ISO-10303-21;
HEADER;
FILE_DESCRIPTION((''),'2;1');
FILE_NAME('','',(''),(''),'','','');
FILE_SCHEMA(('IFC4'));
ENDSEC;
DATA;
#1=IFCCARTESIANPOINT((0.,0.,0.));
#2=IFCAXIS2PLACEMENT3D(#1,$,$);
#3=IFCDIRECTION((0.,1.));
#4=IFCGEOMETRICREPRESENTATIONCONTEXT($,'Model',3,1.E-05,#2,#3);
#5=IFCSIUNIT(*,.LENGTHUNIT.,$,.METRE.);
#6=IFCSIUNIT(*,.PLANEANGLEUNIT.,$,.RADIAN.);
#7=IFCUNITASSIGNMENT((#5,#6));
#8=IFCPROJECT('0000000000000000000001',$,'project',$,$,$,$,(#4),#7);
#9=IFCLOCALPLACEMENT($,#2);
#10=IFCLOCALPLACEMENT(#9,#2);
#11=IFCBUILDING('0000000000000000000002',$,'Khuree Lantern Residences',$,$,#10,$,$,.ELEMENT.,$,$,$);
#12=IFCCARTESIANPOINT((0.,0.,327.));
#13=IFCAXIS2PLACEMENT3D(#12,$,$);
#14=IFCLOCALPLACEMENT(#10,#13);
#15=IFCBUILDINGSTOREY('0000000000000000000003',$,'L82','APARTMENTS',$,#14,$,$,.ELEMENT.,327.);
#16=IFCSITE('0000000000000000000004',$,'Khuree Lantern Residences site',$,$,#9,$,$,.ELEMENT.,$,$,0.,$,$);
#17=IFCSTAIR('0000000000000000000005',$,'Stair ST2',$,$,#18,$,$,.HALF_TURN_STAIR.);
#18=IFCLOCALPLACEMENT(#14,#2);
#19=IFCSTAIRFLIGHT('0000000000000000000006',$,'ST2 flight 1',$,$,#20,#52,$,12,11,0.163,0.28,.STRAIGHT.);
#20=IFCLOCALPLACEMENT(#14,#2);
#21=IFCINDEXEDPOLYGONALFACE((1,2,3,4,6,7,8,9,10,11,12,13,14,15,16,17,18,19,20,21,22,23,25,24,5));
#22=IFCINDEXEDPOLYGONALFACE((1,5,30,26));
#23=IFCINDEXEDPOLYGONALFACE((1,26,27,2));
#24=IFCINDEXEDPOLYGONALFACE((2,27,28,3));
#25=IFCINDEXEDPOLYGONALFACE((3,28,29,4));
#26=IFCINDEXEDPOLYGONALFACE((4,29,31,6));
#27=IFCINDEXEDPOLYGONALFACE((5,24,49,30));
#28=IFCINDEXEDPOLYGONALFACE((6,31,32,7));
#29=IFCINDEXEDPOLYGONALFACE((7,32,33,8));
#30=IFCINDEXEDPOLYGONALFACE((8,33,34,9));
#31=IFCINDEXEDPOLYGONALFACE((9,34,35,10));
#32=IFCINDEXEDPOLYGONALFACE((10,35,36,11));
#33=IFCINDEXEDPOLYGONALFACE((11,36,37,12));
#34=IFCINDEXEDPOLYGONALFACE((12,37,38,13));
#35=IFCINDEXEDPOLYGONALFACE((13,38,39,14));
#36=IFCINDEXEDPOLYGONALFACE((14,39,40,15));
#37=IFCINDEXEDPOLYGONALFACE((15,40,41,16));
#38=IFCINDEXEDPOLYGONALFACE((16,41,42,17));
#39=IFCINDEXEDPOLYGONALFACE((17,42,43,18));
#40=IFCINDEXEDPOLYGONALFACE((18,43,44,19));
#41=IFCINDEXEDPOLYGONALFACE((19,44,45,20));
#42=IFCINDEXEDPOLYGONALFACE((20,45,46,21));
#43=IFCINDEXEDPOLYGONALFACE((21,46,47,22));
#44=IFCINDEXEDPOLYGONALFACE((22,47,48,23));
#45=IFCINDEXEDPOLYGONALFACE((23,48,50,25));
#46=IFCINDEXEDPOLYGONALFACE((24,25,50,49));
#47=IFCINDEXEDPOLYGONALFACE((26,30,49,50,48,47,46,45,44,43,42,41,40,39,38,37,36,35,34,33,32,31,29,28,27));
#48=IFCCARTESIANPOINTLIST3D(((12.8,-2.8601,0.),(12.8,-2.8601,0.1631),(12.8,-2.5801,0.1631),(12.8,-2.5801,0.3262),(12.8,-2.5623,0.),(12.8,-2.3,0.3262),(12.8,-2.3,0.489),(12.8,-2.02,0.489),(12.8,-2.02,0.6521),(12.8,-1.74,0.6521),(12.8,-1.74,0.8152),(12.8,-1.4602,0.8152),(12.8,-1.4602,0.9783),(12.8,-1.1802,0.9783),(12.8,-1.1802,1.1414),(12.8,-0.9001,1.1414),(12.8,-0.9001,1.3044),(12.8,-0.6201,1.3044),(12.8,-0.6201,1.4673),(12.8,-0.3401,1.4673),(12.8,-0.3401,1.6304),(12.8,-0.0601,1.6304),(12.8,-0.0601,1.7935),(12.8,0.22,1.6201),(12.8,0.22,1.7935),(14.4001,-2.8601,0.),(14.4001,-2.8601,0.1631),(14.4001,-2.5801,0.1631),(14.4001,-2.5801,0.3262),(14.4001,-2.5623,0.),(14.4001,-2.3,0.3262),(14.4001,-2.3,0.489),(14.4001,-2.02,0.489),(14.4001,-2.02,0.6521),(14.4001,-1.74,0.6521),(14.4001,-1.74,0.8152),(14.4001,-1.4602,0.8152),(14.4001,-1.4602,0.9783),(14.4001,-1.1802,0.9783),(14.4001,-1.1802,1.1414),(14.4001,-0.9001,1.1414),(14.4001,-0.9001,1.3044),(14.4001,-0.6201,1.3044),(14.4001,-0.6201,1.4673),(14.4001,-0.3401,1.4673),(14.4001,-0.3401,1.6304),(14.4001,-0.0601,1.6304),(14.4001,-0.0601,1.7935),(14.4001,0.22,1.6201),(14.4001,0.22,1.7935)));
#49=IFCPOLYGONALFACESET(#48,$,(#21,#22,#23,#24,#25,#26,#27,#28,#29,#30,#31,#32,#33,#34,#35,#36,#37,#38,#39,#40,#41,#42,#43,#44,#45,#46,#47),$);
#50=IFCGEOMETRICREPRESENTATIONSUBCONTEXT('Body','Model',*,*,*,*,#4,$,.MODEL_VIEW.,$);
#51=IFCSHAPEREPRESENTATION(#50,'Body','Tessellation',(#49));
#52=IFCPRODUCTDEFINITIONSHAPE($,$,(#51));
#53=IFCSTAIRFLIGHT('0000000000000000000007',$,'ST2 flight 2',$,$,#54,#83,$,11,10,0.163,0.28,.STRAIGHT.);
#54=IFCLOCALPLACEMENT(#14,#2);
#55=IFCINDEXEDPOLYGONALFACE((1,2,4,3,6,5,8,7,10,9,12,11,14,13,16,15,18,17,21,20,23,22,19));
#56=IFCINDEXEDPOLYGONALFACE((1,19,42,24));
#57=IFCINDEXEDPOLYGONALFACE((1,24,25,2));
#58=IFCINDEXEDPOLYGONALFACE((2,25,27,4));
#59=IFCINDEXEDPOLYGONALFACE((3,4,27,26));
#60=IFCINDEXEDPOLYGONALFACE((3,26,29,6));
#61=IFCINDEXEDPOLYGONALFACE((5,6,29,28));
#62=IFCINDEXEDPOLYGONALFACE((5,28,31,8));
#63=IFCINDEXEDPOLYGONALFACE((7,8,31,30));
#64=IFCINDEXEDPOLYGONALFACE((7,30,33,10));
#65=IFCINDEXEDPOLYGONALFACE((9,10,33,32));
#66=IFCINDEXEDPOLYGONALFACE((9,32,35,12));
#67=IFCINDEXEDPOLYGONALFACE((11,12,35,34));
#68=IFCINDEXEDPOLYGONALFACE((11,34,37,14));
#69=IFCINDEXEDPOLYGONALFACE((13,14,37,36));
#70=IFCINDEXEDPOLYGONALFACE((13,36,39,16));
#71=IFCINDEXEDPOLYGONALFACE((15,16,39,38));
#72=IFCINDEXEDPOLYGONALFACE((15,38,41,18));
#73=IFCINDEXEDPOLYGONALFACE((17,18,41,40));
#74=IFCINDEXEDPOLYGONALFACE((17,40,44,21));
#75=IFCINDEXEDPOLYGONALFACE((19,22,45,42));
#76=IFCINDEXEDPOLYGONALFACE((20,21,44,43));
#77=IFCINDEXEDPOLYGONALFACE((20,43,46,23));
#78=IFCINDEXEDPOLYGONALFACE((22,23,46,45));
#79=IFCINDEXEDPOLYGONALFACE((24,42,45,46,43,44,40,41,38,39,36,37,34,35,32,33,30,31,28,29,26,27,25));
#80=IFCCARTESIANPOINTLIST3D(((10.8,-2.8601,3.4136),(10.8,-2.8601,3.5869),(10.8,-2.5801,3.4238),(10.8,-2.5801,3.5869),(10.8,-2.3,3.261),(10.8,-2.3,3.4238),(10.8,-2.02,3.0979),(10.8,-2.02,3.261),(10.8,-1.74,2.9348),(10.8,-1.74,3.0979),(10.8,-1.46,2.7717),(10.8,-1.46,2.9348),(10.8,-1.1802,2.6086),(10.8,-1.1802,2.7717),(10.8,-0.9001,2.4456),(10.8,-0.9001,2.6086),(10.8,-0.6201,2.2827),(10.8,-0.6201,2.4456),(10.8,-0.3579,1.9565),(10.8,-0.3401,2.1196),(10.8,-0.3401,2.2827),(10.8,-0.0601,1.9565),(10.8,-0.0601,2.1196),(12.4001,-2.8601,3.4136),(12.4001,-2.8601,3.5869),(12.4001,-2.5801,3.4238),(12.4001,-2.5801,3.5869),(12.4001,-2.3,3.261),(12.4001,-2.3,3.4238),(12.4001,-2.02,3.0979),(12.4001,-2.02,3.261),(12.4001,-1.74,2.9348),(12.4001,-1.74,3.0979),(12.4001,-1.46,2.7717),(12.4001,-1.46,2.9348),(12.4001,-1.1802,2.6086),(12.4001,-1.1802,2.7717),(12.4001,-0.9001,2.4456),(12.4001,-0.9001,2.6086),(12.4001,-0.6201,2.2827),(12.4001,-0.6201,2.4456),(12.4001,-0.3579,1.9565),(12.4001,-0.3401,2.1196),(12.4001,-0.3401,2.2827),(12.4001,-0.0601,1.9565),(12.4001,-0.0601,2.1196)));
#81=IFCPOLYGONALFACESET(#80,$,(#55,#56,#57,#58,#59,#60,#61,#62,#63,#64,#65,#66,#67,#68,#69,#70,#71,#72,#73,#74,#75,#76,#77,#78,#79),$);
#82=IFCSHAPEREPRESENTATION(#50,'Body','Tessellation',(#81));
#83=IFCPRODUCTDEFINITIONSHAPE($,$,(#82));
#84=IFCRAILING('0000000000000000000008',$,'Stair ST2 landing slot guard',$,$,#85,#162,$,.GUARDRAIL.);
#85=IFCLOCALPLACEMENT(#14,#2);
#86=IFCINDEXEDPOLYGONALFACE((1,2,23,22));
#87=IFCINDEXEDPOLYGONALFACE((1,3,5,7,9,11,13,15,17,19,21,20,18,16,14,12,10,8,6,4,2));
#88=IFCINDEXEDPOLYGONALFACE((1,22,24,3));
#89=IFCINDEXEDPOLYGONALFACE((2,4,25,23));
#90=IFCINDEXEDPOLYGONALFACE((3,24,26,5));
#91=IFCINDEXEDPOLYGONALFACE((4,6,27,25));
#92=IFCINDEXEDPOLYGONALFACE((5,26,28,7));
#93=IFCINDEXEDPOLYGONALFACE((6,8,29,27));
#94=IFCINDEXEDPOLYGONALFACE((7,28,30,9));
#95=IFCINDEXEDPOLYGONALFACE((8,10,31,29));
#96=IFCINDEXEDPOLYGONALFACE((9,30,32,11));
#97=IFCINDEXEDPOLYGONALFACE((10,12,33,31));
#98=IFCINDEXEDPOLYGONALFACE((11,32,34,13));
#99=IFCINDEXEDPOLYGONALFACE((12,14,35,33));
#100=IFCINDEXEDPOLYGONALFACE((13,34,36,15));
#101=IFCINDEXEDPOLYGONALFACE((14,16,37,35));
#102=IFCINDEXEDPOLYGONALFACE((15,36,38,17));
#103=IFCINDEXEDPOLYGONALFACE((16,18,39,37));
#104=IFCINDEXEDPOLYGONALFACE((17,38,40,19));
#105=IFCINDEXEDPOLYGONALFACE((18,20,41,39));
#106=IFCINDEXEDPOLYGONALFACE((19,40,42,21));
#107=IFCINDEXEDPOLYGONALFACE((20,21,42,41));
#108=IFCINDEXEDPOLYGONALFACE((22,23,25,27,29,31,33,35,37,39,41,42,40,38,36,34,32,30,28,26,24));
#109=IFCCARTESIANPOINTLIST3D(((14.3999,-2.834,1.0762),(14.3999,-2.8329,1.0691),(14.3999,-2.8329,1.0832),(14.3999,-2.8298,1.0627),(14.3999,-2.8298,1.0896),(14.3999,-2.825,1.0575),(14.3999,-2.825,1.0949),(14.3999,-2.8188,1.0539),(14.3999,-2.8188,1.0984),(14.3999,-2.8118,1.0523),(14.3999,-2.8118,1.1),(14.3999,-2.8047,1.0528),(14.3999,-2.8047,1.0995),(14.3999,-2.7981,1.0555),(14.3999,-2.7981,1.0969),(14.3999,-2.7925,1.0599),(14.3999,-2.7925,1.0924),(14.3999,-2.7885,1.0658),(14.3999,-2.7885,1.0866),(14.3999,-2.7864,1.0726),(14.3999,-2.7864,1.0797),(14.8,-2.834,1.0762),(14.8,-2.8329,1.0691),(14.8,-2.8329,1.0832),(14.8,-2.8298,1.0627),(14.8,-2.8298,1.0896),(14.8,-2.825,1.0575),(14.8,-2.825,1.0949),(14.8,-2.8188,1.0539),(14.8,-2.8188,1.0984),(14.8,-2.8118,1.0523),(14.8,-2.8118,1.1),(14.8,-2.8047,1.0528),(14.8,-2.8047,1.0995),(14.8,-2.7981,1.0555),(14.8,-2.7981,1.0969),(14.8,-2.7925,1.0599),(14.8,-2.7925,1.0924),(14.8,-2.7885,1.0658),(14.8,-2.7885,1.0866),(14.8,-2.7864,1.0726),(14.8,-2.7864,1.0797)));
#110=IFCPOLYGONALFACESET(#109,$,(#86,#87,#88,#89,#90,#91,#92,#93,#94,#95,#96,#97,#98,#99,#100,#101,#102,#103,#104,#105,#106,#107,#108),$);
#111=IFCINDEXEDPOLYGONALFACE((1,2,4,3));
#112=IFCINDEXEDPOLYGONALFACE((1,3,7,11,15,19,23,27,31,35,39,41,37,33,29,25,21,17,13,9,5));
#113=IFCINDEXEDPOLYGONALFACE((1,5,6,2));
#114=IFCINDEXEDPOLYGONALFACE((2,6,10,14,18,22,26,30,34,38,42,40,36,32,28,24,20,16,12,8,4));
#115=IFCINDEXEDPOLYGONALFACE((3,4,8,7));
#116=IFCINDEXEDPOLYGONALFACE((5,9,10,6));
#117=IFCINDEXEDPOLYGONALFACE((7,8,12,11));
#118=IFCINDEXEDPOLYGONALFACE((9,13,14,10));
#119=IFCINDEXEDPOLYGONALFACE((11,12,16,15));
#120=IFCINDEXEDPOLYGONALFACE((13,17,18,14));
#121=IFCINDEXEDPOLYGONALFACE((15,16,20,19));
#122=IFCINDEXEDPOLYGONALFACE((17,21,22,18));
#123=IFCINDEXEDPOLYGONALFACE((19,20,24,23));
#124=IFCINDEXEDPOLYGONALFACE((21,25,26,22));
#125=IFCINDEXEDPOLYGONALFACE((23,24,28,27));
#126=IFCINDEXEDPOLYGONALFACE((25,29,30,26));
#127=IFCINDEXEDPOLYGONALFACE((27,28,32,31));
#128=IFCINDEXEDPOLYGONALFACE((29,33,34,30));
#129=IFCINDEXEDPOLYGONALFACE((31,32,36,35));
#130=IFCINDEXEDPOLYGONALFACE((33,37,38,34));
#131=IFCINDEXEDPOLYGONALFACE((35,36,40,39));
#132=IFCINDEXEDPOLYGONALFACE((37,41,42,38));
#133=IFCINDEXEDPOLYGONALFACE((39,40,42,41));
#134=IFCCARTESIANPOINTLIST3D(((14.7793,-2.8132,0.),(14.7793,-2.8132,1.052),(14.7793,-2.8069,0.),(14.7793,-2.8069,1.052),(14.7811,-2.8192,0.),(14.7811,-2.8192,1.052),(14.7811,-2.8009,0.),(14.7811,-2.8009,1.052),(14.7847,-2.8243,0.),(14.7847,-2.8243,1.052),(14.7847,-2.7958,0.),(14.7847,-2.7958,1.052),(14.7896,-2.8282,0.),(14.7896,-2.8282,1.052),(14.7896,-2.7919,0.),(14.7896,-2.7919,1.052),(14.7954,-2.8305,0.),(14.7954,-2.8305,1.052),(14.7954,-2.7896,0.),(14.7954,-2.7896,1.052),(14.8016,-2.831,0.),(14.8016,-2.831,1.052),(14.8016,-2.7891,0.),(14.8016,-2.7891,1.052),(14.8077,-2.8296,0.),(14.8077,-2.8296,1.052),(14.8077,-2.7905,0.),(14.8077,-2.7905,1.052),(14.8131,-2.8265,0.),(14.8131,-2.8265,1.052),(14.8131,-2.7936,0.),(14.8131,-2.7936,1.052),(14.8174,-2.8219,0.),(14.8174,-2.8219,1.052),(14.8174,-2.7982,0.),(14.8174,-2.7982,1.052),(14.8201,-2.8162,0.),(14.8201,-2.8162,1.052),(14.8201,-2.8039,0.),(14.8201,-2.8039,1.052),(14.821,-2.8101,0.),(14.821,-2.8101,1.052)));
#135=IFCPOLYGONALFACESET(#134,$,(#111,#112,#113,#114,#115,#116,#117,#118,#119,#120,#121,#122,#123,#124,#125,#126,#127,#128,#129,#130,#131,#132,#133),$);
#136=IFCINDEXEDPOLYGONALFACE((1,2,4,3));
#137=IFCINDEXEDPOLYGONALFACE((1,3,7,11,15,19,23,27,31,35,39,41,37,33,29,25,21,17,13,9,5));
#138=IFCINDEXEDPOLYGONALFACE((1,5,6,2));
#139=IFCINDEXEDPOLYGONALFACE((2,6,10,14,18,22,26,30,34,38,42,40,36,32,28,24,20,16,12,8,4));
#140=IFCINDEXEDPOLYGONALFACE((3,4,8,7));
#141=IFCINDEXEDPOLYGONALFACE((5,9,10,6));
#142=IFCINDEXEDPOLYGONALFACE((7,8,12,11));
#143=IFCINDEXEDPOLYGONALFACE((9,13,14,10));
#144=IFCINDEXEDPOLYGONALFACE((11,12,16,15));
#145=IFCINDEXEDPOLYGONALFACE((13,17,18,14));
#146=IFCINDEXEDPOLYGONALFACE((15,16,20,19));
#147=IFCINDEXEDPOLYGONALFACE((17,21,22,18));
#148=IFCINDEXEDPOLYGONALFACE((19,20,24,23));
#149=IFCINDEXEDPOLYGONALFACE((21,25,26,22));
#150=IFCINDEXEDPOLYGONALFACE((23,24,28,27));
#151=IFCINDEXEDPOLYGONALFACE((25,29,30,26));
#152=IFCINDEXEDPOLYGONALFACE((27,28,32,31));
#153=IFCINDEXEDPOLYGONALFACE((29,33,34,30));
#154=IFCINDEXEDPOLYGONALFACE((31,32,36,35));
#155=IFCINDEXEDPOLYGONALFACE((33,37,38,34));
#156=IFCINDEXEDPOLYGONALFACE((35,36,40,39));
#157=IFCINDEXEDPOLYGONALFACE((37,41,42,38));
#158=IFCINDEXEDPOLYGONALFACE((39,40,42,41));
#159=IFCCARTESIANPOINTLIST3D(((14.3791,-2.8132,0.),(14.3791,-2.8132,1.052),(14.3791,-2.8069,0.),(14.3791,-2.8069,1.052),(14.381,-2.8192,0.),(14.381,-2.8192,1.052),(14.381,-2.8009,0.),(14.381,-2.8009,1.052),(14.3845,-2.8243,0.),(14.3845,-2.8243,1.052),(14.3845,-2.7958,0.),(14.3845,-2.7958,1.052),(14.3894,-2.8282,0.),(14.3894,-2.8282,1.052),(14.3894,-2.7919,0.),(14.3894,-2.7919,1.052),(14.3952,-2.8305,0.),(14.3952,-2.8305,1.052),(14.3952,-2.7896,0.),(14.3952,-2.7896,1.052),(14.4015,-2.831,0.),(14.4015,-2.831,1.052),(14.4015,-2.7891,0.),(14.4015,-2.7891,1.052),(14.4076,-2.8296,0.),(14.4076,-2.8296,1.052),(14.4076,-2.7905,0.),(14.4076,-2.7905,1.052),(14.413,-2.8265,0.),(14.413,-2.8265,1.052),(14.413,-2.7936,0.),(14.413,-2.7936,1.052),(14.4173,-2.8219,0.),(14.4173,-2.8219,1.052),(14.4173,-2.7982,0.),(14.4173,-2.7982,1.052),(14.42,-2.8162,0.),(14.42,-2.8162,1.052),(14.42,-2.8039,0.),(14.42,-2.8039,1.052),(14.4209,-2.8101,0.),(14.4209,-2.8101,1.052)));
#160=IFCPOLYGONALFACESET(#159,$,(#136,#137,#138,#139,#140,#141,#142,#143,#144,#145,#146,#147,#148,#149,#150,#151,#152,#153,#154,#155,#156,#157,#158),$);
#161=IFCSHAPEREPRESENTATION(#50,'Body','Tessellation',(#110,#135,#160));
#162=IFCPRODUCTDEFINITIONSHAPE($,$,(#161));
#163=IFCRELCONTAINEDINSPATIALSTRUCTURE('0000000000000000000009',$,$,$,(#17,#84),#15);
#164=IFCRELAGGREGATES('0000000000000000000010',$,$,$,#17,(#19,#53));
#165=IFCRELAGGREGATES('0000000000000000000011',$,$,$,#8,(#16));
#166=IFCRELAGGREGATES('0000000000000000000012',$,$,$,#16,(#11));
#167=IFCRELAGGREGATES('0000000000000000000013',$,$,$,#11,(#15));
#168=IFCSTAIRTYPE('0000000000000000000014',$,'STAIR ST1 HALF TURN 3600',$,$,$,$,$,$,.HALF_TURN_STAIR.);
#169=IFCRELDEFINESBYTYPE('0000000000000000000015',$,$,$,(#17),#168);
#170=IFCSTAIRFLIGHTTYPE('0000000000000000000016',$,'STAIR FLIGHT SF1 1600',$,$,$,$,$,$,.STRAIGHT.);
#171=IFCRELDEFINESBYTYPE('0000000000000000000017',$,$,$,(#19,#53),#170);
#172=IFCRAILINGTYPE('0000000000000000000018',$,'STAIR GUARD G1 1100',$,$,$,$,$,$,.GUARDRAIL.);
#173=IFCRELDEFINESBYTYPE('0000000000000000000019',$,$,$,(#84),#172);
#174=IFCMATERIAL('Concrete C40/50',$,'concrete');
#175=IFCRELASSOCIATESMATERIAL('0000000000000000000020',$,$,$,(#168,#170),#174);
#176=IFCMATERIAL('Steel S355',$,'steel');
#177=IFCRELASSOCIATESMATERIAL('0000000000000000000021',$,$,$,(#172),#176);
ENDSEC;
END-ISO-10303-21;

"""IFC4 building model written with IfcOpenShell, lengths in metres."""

from ifc_helpers import new_model, si_unit, direction, frame, origin, origin_2d, place, context, subcontext, project, spatial, polyline, circle, outline, extrude, material, type_object, element, aggregate, save


model = new_model("IFC4")

# Units and contexts
model_context = context("Model", 3, precision=1e-05, world=origin(), true_north=direction((0.0, 1.0)))
body_context = subcontext(model_context, "Body", "Model", "MODEL_VIEW")
ifc_project = project(units=[si_unit("LENGTHUNIT", "METRE"), si_unit("PLANEANGLEUNIT", "RADIAN")], contexts=[model_context])

# Site, building, storey
site_placement = place(None, origin())
site = spatial("IfcSite", under=ifc_project, at=site_placement, Name="Khuree Lantern Residences site", CompositionType="ELEMENT", RefElevation=0.0)
building_placement = place(site_placement, origin())
building = spatial("IfcBuilding", under=site, at=building_placement, Name="Khuree Lantern Residences", CompositionType="ELEMENT")
storey_placement = place(building_placement, frame((0.0, 0.0, 327.0)))
storey = spatial("IfcBuildingStorey", under=building, at=storey_placement, Name="L82", Description="APARTMENTS", CompositionType="ELEMENT", Elevation=327.0)

# Shared definitions
ifc_material_1 = material(Name="Concrete C40/50", Category="concrete")
stair_type = type_object("IfcStairType", Name="STAIR ST1 HALF TURN 3600", PredefinedType="HALF_TURN_STAIR", material=ifc_material_1)

# Stair, stair flights
stair_1_placement = place(storey_placement, origin())
stair_1 = element("IfcStair", 1, at=stair_1_placement, inside=storey, type_object=stair_type, Name="Stair ST2", PredefinedType="HALF_TURN_STAIR")
stair_flight_type = type_object("IfcStairFlightType", Name="STAIR FLIGHT SF1 1600", PredefinedType="STRAIGHT", material=ifc_material_1)
stair_flight_1_placement = place(storey_placement, frame((13.6001, -2.8601, 0.0), z_axis=(0.0, 0.0, 1.0), x_axis=(0.0, 1.0, 0.0)))
stair_flight_1 = element("IfcStairFlight", 2, at=stair_flight_1_placement, type_object=stair_flight_type, Name="ST2 flight 1", NumberOfRisers=12, NumberOfTreads=11, PredefinedType="STRAIGHT", RiserHeight=0.163, TreadLength=0.28, context=body_context, shape_type="SweptSolid", body=[
    extrude(outline(polyline([(0.0, 0.0), (0.0, 0.1631), (0.28, 0.1631), (0.28, 0.3262), (0.5601, 0.3262), (0.5601, 0.489), (0.8401, 0.489), (0.8401, 0.6521), (1.1201, 0.6521), (1.1201, 0.8152), (1.3999, 0.8152), (1.3999, 0.9783), (1.6799, 0.9783), (1.6799, 1.1414), (1.96, 1.1414), (1.96, 1.3044), (2.24, 1.3044), (2.24, 1.4673), (2.52, 1.4673), (2.52, 1.6304), (2.8, 1.6304), (2.8, 1.7935), (3.0801, 1.7935), (3.0801, 1.9565), (3.0801, 1.6201), (0.2979, 0.0), (0.0, 0.0)])), frame((0.0, 0.8, 0.0), z_axis=(0.0, -1.0, 0.0), x_axis=(1.0, 0.0, 0.0)), (0.0, 0.0, 1.0), 1.6001),
])
stair_flight_2_placement = place(storey_placement, frame((11.6001, -0.0601, 1.9565), z_axis=(0.0, 0.0, 1.0), x_axis=(0.0, -1.0, 0.0)))
stair_flight_2 = element("IfcStairFlight", 3, at=stair_flight_2_placement, type_object=stair_flight_type, Name="ST2 flight 2", NumberOfRisers=11, NumberOfTreads=10, PredefinedType="STRAIGHT", RiserHeight=0.163, TreadLength=0.28, context=body_context, shape_type="SweptSolid", body=[
    extrude(outline(polyline([(0.0, 0.0), (0.0, 0.1631), (0.28, 0.1631), (0.28, 0.3262), (0.5601, 0.3262), (0.5601, 0.489), (0.8401, 0.489), (0.8401, 0.6521), (1.1201, 0.6521), (1.1201, 0.8152), (1.3999, 0.8152), (1.3999, 0.9783), (1.6799, 0.9783), (1.6799, 1.1414), (1.96, 1.1414), (1.96, 1.3044), (2.24, 1.3044), (2.24, 1.4673), (2.52, 1.4673), (2.52, 1.6304), (2.8, 1.6304), (2.8, 1.7935), (2.8, 1.457), (0.2979, 0.0), (0.0, 0.0)])), frame((0.0, 0.8, 0.0), z_axis=(0.0, -1.0, 0.0), x_axis=(1.0, 0.0, 0.0)), (0.0, 0.0, 1.0), 1.6001),
])
aggregate(stair_1, [stair_flight_1, stair_flight_2])

# Railing
ifc_material_2 = material(Name="Steel S355", Category="steel")
railing_type_1 = type_object("IfcRailingType", Name="STAIR GUARD G1 1100", PredefinedType="GUARDRAIL", material=ifc_material_2)
railing_1_placement = place(storey_placement, frame((14.8, -2.8101, 0.0)))
element("IfcRailing", 4, at=railing_1_placement, inside=storey, type_object=railing_type_1, Name="Stair ST2 landing slot guard", PredefinedType="GUARDRAIL", context=body_context, shape_type="SweptSolid", body=[
    extrude(circle(Radius=0.0239, at=origin_2d()), frame((0.0, 0.0, 1.0762), z_axis=(-1.0, 0.0, 0.0), x_axis=(0.0, -1.0, 0.0)), (0.0, 0.0, 1.0), 0.4001),
    extrude(circle(Radius=0.021, at=origin_2d()), origin(), (0.0, 0.0, 1.0), 1.052),
    extrude(circle(Radius=0.021, at=origin_2d()), frame((-0.4001, 0.0, 0.0)), (0.0, 0.0, 1.0), 1.052),
])

save(model, "model.ifc")
